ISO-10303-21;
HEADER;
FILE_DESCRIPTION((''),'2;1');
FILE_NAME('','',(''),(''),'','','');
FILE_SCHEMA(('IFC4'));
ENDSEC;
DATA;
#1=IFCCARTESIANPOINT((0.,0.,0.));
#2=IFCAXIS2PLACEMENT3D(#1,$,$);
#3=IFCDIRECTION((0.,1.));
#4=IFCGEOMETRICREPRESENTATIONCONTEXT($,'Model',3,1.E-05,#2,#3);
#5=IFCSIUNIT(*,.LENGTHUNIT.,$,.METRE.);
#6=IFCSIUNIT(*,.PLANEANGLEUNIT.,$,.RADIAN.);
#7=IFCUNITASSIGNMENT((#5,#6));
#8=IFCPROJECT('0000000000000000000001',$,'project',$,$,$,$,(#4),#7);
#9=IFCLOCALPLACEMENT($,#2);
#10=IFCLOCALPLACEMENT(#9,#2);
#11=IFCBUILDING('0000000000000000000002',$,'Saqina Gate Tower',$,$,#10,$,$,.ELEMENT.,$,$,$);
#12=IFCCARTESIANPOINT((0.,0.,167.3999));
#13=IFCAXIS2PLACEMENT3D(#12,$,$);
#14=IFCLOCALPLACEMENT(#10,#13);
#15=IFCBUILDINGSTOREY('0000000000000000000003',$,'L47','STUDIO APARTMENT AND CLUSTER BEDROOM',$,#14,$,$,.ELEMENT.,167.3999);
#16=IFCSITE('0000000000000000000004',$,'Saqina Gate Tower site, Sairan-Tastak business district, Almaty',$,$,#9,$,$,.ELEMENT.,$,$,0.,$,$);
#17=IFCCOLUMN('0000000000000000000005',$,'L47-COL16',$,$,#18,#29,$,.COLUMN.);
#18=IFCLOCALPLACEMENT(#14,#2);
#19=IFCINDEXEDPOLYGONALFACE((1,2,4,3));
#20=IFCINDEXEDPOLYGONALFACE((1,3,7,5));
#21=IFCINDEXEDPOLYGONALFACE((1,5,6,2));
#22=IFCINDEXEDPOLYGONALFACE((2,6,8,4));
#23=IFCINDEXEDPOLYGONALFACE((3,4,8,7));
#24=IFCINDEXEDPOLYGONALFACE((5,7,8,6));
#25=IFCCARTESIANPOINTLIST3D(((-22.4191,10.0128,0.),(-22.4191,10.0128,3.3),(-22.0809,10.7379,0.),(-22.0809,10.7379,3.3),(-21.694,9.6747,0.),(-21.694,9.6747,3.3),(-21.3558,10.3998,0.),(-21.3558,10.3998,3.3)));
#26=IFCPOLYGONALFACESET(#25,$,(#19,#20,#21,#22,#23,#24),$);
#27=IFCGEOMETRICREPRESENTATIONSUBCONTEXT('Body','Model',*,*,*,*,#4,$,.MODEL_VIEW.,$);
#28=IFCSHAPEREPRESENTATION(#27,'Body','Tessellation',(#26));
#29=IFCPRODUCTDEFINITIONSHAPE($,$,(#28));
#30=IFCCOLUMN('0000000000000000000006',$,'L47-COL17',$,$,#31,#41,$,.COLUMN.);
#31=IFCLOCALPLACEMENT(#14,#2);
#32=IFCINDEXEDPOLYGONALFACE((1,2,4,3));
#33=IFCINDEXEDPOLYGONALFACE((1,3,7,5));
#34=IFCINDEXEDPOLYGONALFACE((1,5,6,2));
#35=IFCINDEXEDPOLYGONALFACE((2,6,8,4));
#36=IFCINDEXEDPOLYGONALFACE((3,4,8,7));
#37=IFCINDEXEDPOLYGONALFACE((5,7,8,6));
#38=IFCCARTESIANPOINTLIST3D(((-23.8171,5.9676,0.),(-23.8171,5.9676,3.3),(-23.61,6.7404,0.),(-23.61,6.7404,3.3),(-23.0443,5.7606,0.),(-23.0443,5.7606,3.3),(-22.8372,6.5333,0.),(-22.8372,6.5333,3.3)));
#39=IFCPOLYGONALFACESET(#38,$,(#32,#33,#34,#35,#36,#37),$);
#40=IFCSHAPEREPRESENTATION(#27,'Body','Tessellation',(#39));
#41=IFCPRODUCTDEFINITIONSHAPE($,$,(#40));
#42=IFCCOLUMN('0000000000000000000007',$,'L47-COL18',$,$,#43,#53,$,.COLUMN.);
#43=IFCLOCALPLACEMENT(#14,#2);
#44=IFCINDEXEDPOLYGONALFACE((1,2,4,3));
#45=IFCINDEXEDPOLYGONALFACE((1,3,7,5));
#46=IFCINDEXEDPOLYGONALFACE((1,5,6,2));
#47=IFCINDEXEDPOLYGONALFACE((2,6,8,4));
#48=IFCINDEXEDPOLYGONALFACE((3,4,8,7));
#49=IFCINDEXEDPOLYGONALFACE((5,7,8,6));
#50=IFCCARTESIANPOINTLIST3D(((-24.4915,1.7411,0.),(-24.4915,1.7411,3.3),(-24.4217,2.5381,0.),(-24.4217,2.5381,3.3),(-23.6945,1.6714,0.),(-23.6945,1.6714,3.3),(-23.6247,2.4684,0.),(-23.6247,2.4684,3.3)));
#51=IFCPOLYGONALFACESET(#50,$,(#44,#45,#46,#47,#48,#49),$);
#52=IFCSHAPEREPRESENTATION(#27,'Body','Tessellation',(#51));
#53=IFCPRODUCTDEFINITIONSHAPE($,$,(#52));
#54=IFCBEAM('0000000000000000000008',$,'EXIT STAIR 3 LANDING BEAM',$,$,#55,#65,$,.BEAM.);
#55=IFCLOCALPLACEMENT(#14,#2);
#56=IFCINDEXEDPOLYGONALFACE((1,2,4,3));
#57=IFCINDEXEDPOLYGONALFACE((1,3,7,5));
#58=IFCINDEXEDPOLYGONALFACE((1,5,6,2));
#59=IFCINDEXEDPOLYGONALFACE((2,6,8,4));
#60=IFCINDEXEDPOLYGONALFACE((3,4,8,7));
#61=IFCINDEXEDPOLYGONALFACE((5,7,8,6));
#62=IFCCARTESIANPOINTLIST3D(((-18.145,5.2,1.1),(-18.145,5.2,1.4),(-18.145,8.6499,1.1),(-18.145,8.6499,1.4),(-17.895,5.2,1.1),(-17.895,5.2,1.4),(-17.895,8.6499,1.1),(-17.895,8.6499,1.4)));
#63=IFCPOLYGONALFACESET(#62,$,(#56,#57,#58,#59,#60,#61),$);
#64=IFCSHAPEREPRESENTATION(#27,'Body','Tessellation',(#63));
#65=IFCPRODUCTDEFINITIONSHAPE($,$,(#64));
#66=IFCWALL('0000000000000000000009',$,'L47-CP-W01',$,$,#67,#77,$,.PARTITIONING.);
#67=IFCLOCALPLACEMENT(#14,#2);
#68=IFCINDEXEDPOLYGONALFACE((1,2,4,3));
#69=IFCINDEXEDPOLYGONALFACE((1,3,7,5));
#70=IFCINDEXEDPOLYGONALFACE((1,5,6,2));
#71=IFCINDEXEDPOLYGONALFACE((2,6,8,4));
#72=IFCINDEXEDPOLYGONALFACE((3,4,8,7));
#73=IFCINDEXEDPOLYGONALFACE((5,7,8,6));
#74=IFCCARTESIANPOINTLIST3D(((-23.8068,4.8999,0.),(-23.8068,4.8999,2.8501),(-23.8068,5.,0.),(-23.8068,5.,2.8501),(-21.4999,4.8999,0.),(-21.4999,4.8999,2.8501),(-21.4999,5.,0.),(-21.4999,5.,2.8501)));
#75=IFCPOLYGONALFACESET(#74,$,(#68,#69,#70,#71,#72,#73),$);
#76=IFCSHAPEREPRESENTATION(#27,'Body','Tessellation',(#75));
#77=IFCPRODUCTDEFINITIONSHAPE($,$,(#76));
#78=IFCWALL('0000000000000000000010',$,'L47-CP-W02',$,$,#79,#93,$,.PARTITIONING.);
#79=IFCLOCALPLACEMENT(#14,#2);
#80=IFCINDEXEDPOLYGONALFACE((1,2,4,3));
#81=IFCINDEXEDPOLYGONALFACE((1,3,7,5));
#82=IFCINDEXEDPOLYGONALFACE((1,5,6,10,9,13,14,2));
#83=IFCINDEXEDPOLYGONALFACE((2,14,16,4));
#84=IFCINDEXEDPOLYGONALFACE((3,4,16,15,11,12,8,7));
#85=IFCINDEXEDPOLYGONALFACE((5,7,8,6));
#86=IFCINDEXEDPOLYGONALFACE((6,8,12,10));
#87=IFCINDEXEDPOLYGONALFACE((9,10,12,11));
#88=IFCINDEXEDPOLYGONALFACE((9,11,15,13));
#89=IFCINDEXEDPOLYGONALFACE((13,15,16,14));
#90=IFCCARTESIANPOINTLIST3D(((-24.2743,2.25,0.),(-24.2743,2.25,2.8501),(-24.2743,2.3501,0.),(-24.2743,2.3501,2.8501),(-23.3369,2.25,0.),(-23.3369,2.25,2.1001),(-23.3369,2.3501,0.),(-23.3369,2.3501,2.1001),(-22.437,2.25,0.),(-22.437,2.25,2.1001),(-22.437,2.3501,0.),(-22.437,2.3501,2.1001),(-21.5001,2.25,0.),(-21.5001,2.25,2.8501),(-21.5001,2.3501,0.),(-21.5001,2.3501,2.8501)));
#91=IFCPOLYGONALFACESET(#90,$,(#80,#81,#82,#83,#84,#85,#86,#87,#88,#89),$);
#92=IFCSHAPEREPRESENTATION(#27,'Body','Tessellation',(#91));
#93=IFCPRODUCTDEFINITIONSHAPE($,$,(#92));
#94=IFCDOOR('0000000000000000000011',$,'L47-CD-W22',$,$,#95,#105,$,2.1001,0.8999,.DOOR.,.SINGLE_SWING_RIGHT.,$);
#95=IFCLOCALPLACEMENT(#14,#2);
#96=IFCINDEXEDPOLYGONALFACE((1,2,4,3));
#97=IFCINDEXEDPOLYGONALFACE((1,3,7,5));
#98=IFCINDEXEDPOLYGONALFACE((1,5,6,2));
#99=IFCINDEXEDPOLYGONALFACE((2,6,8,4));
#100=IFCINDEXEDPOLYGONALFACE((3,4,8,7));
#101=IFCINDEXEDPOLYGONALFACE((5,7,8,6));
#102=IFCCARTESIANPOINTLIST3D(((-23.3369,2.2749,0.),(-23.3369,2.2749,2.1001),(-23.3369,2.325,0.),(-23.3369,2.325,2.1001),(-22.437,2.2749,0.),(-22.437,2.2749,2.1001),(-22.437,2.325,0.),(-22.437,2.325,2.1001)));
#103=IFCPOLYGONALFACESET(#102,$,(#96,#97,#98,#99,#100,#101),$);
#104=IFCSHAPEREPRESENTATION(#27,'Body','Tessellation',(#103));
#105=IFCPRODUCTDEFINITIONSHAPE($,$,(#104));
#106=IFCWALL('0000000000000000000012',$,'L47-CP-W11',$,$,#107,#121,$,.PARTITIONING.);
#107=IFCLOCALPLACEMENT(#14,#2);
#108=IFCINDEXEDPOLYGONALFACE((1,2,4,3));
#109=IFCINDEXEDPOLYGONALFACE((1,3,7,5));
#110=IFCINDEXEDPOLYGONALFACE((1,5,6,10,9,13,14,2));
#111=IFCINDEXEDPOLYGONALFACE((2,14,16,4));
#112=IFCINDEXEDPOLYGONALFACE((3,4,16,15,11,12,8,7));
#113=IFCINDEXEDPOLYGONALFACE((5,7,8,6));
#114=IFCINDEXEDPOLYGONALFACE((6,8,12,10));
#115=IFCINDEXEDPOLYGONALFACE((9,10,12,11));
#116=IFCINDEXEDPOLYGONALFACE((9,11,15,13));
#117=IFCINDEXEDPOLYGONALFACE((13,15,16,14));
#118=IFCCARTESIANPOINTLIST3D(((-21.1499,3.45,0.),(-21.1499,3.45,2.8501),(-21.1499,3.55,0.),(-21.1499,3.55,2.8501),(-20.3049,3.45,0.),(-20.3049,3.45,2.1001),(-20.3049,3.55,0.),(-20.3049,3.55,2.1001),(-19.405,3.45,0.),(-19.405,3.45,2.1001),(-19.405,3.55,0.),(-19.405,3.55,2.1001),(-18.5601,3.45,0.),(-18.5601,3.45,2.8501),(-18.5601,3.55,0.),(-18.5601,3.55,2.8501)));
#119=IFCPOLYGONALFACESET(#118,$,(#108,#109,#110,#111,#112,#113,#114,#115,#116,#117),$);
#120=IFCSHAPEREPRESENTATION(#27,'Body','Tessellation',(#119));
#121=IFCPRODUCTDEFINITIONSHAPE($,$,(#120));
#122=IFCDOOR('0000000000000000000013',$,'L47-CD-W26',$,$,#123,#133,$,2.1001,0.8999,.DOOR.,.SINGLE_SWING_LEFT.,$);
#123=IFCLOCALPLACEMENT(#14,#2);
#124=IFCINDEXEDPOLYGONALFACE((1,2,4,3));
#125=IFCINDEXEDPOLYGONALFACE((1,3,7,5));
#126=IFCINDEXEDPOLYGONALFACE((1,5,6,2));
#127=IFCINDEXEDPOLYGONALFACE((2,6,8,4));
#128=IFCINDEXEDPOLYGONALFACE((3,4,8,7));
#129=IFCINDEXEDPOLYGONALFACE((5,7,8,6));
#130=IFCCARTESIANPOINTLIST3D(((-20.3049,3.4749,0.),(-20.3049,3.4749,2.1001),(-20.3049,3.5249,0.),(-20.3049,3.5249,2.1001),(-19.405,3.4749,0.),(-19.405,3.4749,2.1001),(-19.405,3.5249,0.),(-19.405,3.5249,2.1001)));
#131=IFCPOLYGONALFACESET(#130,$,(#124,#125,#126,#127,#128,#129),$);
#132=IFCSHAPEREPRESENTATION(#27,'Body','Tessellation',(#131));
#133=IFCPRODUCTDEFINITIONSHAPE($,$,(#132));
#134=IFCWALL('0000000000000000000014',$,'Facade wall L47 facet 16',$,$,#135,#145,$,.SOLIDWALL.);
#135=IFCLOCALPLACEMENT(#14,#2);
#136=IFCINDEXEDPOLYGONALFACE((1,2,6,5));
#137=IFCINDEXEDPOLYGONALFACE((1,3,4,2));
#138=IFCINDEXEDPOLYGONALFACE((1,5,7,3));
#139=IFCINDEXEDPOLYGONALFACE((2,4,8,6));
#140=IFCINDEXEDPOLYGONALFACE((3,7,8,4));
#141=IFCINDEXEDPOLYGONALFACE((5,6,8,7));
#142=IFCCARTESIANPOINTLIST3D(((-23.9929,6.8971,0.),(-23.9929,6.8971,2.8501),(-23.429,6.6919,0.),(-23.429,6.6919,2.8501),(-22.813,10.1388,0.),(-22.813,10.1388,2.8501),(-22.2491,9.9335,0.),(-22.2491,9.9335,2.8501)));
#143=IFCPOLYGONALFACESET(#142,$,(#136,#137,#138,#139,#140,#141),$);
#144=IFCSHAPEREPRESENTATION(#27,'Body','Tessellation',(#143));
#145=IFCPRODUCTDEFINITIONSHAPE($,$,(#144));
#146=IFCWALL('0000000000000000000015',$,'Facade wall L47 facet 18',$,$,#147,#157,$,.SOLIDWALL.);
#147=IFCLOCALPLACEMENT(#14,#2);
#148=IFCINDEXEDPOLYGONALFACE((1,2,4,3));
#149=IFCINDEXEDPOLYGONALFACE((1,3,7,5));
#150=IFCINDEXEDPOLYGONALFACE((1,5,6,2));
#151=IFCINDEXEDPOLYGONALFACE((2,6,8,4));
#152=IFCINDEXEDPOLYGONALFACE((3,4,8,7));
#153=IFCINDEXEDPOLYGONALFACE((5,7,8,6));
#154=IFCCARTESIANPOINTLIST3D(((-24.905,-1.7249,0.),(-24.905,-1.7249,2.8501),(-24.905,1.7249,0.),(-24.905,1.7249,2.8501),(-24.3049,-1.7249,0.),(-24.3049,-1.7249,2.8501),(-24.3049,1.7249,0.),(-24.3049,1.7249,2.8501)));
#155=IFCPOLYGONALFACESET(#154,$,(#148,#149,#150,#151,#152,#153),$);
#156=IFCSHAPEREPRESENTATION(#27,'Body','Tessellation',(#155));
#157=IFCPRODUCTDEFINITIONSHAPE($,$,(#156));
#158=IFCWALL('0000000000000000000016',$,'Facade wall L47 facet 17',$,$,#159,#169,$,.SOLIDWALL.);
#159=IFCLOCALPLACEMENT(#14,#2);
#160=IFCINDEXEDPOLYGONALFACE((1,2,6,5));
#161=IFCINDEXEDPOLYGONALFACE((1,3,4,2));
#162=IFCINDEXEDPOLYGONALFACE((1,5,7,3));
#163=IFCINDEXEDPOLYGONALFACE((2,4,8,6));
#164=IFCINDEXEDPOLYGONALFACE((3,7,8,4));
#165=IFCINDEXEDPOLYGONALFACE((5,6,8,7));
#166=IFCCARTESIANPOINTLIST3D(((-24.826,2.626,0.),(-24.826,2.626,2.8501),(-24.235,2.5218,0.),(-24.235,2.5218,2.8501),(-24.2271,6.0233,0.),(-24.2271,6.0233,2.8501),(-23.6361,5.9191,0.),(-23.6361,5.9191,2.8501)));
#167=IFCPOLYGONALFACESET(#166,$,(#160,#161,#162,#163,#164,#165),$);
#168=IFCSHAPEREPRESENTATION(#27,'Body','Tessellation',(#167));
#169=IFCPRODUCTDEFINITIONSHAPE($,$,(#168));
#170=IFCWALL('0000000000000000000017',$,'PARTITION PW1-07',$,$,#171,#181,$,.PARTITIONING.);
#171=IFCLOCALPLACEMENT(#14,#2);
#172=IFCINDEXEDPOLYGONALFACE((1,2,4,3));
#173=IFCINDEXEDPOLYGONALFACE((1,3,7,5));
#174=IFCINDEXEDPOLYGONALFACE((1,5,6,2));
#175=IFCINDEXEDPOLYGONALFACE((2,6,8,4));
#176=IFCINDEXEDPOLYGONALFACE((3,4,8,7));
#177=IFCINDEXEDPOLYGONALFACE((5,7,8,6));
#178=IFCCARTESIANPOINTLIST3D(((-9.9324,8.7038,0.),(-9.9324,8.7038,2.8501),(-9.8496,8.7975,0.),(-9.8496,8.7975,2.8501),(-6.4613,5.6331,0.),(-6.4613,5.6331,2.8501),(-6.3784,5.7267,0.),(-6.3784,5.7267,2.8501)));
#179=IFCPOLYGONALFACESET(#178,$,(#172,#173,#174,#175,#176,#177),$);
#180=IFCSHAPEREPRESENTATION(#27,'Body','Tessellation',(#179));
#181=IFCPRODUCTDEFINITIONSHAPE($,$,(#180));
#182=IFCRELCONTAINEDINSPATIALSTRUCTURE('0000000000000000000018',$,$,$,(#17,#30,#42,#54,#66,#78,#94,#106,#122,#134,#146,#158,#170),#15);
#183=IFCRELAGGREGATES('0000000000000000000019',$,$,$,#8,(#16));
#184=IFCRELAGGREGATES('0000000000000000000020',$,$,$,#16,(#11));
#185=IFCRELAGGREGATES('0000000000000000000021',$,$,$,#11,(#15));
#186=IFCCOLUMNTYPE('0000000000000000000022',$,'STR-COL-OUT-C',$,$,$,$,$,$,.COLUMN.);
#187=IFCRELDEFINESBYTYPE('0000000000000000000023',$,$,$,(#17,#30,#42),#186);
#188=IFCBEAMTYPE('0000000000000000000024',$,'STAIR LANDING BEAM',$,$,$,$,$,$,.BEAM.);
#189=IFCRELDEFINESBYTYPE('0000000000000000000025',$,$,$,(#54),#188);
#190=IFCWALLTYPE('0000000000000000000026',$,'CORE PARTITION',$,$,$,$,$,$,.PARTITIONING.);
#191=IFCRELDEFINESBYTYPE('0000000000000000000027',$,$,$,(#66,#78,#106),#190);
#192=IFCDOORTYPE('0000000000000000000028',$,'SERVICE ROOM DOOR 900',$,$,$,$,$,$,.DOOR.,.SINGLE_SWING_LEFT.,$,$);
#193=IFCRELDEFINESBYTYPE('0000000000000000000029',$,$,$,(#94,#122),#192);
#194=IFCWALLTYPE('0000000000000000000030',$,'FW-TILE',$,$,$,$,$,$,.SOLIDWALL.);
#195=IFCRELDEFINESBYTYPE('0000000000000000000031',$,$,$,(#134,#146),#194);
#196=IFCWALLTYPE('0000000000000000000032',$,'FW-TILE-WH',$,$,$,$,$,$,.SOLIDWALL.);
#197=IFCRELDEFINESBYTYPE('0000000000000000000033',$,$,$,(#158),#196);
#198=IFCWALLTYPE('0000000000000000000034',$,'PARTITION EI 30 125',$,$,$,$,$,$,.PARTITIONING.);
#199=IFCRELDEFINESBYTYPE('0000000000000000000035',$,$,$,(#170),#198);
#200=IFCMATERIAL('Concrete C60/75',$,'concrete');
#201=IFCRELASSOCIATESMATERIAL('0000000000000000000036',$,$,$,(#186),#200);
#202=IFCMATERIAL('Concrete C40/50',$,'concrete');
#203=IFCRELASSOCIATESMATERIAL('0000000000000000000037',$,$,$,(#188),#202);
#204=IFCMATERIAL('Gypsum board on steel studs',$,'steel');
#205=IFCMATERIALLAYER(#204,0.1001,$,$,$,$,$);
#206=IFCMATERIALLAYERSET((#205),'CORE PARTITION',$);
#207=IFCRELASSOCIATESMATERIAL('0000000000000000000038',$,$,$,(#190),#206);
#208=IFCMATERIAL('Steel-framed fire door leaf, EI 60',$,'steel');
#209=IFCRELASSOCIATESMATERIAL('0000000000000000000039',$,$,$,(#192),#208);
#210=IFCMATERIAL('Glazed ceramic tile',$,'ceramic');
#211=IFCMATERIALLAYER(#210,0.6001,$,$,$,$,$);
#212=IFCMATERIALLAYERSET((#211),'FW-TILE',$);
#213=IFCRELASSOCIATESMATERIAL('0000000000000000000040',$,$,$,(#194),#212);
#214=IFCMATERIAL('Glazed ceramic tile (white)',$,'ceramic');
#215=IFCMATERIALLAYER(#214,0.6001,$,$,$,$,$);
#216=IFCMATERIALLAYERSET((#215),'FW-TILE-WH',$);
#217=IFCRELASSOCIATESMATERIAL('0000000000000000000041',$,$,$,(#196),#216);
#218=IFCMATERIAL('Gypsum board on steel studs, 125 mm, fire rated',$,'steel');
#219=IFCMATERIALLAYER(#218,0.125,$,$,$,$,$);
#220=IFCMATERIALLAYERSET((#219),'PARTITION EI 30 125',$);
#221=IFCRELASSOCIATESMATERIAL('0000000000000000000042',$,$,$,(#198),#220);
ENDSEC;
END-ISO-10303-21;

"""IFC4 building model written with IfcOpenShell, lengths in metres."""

from ifc_helpers import new_model, si_unit, direction, frame, frame_2d, origin, origin_2d, place, context, subcontext, project, spatial, rectangle, extrude, material, layer, layer_set, material_profile, profile_set, type_object, element, fill, save


model = new_model("IFC4")

# Units and contexts
model_context = context("Model", 3, precision=1e-05, world=origin(), true_north=direction((0.0, 1.0)))
body_context = subcontext(model_context, "Body", "Model", "MODEL_VIEW")
ifc_project = project(units=[si_unit("LENGTHUNIT", "METRE"), si_unit("PLANEANGLEUNIT", "RADIAN")], contexts=[model_context])

# Site, building, storey
site_placement = place(None, origin())
site = spatial("IfcSite", under=ifc_project, at=site_placement, Name="Saqina Gate Tower site, Sairan-Tastak business district, Almaty", CompositionType="ELEMENT", RefElevation=0.0)
building_placement = place(site_placement, origin())
building = spatial("IfcBuilding", under=site, at=building_placement, Name="Saqina Gate Tower", CompositionType="ELEMENT")
storey_placement = place(building_placement, frame((0.0, 0.0, 167.3999)))
storey = spatial("IfcBuildingStorey", under=building, at=storey_placement, Name="L47", Description="STUDIO APARTMENT AND CLUSTER BEDROOM", CompositionType="ELEMENT", Elevation=167.3999)

# Columns
ifc_material_1 = material(Name="Concrete C60/75", Category="concrete")
ifc_material_profile_1 = material_profile(ifc_material_1, rectangle(XDim=0.8, YDim=0.8, at=origin_2d()), Name="RC 800x800")
ifc_profile_set_1 = profile_set([ifc_material_profile_1], Name="Concrete C60/75")
column_type = type_object("IfcColumnType", Name="STR-COL-OUT-C", PredefinedType="COLUMN", material=ifc_profile_set_1)
for number, where, z_axis, x_axis, name in (
    (1, (-21.8875, 10.2063, 0.0), (0.0, 0.0, 1.0), (-0.906308, 0.422618, 0.0), "L47-COL16"),
    (2, (-23.3271, 6.2505, 0.0), (0.0, 0.0, 1.0), (-0.965926, 0.258819, 0.0), "L47-COL17"),
    (3, (-24.0581, 2.1047, 0.0), (0.0, 0.0, 1.0), (-0.996195, 0.087156, 0.0), "L47-COL18"),
):
    element("IfcColumn", number, at=place(storey_placement, frame(where, z_axis=z_axis, x_axis=x_axis)), inside=storey, type_object=column_type, Name=name, PredefinedType="COLUMN", context=body_context, shape_type="SweptSolid", body=[
        extrude(rectangle(XDim=0.8, YDim=0.8, at=origin_2d()), origin(), (0.0, 0.0, 1.0), 3.3),
    ])

# Beam
ifc_material_2 = material(Name="Concrete C40/50", Category="concrete")
ifc_material_profile_2 = material_profile(ifc_material_2, rectangle(XDim=0.25, YDim=0.3, at=origin_2d()), Name="STAIR LANDING BEAM")
ifc_profile_set_2 = profile_set([ifc_material_profile_2], Name="Concrete C40/50")
beam_type = type_object("IfcBeamType", Name="STAIR LANDING BEAM", PredefinedType="BEAM", material=ifc_profile_set_2)
beam_placement = place(storey_placement, frame((-18.02, 5.2, 1.25), z_axis=(0.0, 1.0, 0.0), x_axis=(-1.0, 0.0, 0.0)))
element("IfcBeam", 4, at=beam_placement, inside=storey, type_object=beam_type, Name="EXIT STAIR 3 LANDING BEAM", PredefinedType="BEAM", context=body_context, shape_type="SweptSolid", body=[
    extrude(rectangle(XDim=0.25, YDim=0.3, at=origin_2d()), origin(), (0.0, 0.0, 1.0), 3.45),
])

# Wall
ifc_material_3 = material(Name="Gypsum board on steel studs", Category="steel")
ifc_layer_1 = layer(ifc_material_3, 0.1001)
ifc_layer_set_1 = layer_set([ifc_layer_1], Name="CORE PARTITION")
wall_type_1 = type_object("IfcWallType", Name="CORE PARTITION", PredefinedType="PARTITIONING", material=ifc_layer_set_1)
wall_1_placement = place(storey_placement, frame((-21.5, 4.95, 0.0), z_axis=(0.0, 0.0, 1.0), x_axis=(-1.0, 0.0, 0.0)))
element("IfcWall", 5, at=wall_1_placement, inside=storey, type_object=wall_type_1, Name="L47-CP-W01", PredefinedType="PARTITIONING", context=body_context, shape_type="SweptSolid", body=[
    extrude(rectangle(XDim=2.3069, YDim=0.1001, at=frame_2d((1.1533, 0.0))), origin(), (0.0, 0.0, 1.0), 2.8501),
])

# Walls, openings, doors
wall_2_placement = place(storey_placement, frame((-21.5, 2.3, 0.0), z_axis=(0.0, 0.0, 1.0), x_axis=(-1.0, 0.0, 0.0)))
wall_2 = element("IfcWall", 6, at=wall_2_placement, inside=storey, type_object=wall_type_1, Name="L47-CP-W02", PredefinedType="PARTITIONING", context=body_context, shape_type="SweptSolid", body=[
    extrude(rectangle(XDim=2.7742, YDim=0.1001, at=frame_2d((1.3872, 0.0))), origin(), (0.0, 0.0, 1.0), 2.8501),
])
opening_1_placement = place(wall_2_placement, frame((0.937, 0.0, 0.0)))
opening_1 = element("IfcOpeningElement", 7, at=opening_1_placement, cuts=wall_2, PredefinedType="OPENING", context=body_context, shape_type="SweptSolid", body=[
    extrude(rectangle(XDim=0.8999, YDim=2.1001, at=frame_2d((0.45, 1.05))), frame((0.0, 0.062, 0.0), z_axis=(0.0, -1.0, 0.0), x_axis=(1.0, 0.0, 0.0)), (0.0, 0.0, 1.0), 0.124),
])
ifc_material_4 = material(Name="Steel-framed fire door leaf, EI 60", Category="steel")
door_type_1 = type_object("IfcDoorType", Name="SERVICE ROOM DOOR 900", OperationType="SINGLE_SWING_LEFT", PredefinedType="DOOR", material=ifc_material_4)
door_1_placement = place(opening_1_placement, frame((0.8999, 0.0, 0.0), z_axis=(0.0, 0.0, 1.0), x_axis=(-1.0, 0.0, 0.0)))
door_1 = element("IfcDoor", 8, at=door_1_placement, inside=storey, type_object=door_type_1, Name="L47-CD-W22", OperationType="SINGLE_SWING_RIGHT", OverallHeight=2.1001, OverallWidth=0.8999, PredefinedType="DOOR", context=body_context, shape_type="SweptSolid", body=[
    extrude(rectangle(XDim=0.8999, YDim=2.1001, at=frame_2d((0.45, 1.05))), frame((0.0, 0.0249, 0.0), z_axis=(0.0, -1.0, 0.0), x_axis=(1.0, 0.0, 0.0)), (0.0, 0.0, 1.0), 0.05),
])
fill(opening_1, door_1)
wall_3_placement = place(storey_placement, frame((-18.5601, 3.5, 0.0), z_axis=(0.0, 0.0, 1.0), x_axis=(-1.0, 0.0, 0.0)))
wall_3 = element("IfcWall", 9, at=wall_3_placement, inside=storey, type_object=wall_type_1, Name="L47-CP-W11", PredefinedType="PARTITIONING", context=body_context, shape_type="SweptSolid", body=[
    extrude(rectangle(XDim=2.5898, YDim=0.1001, at=frame_2d((1.2949, 0.0))), origin(), (0.0, 0.0, 1.0), 2.8501),
])
opening_2_placement = place(wall_3_placement, frame((0.845, 0.0, 0.0)))
opening_2 = element("IfcOpeningElement", 10, at=opening_2_placement, cuts=wall_3, PredefinedType="OPENING", context=body_context, shape_type="SweptSolid", body=[
    extrude(rectangle(XDim=0.8999, YDim=2.1001, at=frame_2d((0.45, 1.05))), frame((0.0, 0.062, 0.0), z_axis=(0.0, -1.0, 0.0), x_axis=(1.0, 0.0, 0.0)), (0.0, 0.0, 1.0), 0.124),
])
door_2_placement = place(opening_2_placement, frame((0.8999, 0.0, 0.0), z_axis=(0.0, 0.0, 1.0), x_axis=(-1.0, 0.0, 0.0)))
door_2 = element("IfcDoor", 11, at=door_2_placement, inside=storey, type_object=door_type_1, Name="L47-CD-W26", OperationType="SINGLE_SWING_LEFT", OverallHeight=2.1001, OverallWidth=0.8999, PredefinedType="DOOR", context=body_context, shape_type="SweptSolid", body=[
    extrude(rectangle(XDim=0.8999, YDim=2.1001, at=frame_2d((0.45, 1.05))), frame((0.0, 0.0249, 0.0), z_axis=(0.0, -1.0, 0.0), x_axis=(1.0, 0.0, 0.0)), (0.0, 0.0, 1.0), 0.05),
])
fill(opening_2, door_2)

# Walls
ifc_material_5 = material(Name="Glazed ceramic tile", Category="ceramic")
ifc_layer_2 = layer(ifc_material_5, 0.6001)
ifc_layer_set_2 = layer_set([ifc_layer_2], Name="FW-TILE")
wall_type_2 = type_object("IfcWallType", Name="FW-TILE", PredefinedType="SOLIDWALL", material=ifc_layer_set_2)
for number, where, z_axis, x_axis, name in (
    (12, (-22.531, 10.0361, 0.0), (0.0, 0.0, 1.0), (-0.342033, -0.939688, 0.0), "Facade wall L47 facet 16"),
    (13, (-24.605, 1.7249, 0.0), (0.0, 0.0, 1.0), (0.0, -1.0, 0.0), "Facade wall L47 facet 18"),
):
    element("IfcWall", number, at=place(storey_placement, frame(where, z_axis=z_axis, x_axis=x_axis)), inside=storey, type_object=wall_type_2, Name=name, PredefinedType="SOLIDWALL", context=body_context, shape_type="SweptSolid", body=[
        extrude(rectangle(XDim=3.4497, YDim=0.6001, at=frame_2d((1.7249, 0.0))), origin(), (0.0, 0.0, 1.0), 2.8501),
    ])
ifc_material_6 = material(Name="Glazed ceramic tile (white)", Category="ceramic")
ifc_layer_3 = layer(ifc_material_6, 0.6001)
ifc_layer_set_3 = layer_set([ifc_layer_3], Name="FW-TILE-WH")
wall_type_3 = type_object("IfcWallType", Name="FW-TILE-WH", PredefinedType="SOLIDWALL", material=ifc_layer_set_3)
wall_4_placement = place(storey_placement, frame((-23.9316, 5.9712, 0.0), z_axis=(0.0, 0.0, 1.0), x_axis=(-0.173608, -0.984815, 0.0)))
element("IfcWall", 14, at=wall_4_placement, inside=storey, type_object=wall_type_3, Name="Facade wall L47 facet 17", PredefinedType="SOLIDWALL", context=body_context, shape_type="SweptSolid", body=[
    extrude(rectangle(XDim=3.4497, YDim=0.6001, at=frame_2d((1.7249, 0.0))), origin(), (0.0, 0.0, 1.0), 2.8501),
])
ifc_material_7 = material(Name="Gypsum board on steel studs, 125 mm, fire rated", Category="steel")
ifc_layer_4 = layer(ifc_material_7, 0.125)
ifc_layer_set_4 = layer_set([ifc_layer_4], Name="PARTITION EI 30 125")
wall_type_4 = type_object("IfcWallType", Name="PARTITION EI 30 125", PredefinedType="PARTITIONING", material=ifc_layer_set_4)
wall_5_placement = place(storey_placement, frame((-9.8911, 8.7507, 0.0), z_axis=(0.0, 0.0, 1.0), x_axis=(0.748982, -0.66259, 0.0)))
element("IfcWall", 15, at=wall_5_placement, inside=storey, type_object=wall_type_4, Name="PARTITION PW1-07", PredefinedType="PARTITIONING", context=body_context, shape_type="SweptSolid", body=[
    extrude(rectangle(XDim=4.6345, YDim=0.125, at=frame_2d((2.3174, 0.0))), origin(), (0.0, 0.0, 1.0), 2.8501),
])

save(model, "model.ifc")
